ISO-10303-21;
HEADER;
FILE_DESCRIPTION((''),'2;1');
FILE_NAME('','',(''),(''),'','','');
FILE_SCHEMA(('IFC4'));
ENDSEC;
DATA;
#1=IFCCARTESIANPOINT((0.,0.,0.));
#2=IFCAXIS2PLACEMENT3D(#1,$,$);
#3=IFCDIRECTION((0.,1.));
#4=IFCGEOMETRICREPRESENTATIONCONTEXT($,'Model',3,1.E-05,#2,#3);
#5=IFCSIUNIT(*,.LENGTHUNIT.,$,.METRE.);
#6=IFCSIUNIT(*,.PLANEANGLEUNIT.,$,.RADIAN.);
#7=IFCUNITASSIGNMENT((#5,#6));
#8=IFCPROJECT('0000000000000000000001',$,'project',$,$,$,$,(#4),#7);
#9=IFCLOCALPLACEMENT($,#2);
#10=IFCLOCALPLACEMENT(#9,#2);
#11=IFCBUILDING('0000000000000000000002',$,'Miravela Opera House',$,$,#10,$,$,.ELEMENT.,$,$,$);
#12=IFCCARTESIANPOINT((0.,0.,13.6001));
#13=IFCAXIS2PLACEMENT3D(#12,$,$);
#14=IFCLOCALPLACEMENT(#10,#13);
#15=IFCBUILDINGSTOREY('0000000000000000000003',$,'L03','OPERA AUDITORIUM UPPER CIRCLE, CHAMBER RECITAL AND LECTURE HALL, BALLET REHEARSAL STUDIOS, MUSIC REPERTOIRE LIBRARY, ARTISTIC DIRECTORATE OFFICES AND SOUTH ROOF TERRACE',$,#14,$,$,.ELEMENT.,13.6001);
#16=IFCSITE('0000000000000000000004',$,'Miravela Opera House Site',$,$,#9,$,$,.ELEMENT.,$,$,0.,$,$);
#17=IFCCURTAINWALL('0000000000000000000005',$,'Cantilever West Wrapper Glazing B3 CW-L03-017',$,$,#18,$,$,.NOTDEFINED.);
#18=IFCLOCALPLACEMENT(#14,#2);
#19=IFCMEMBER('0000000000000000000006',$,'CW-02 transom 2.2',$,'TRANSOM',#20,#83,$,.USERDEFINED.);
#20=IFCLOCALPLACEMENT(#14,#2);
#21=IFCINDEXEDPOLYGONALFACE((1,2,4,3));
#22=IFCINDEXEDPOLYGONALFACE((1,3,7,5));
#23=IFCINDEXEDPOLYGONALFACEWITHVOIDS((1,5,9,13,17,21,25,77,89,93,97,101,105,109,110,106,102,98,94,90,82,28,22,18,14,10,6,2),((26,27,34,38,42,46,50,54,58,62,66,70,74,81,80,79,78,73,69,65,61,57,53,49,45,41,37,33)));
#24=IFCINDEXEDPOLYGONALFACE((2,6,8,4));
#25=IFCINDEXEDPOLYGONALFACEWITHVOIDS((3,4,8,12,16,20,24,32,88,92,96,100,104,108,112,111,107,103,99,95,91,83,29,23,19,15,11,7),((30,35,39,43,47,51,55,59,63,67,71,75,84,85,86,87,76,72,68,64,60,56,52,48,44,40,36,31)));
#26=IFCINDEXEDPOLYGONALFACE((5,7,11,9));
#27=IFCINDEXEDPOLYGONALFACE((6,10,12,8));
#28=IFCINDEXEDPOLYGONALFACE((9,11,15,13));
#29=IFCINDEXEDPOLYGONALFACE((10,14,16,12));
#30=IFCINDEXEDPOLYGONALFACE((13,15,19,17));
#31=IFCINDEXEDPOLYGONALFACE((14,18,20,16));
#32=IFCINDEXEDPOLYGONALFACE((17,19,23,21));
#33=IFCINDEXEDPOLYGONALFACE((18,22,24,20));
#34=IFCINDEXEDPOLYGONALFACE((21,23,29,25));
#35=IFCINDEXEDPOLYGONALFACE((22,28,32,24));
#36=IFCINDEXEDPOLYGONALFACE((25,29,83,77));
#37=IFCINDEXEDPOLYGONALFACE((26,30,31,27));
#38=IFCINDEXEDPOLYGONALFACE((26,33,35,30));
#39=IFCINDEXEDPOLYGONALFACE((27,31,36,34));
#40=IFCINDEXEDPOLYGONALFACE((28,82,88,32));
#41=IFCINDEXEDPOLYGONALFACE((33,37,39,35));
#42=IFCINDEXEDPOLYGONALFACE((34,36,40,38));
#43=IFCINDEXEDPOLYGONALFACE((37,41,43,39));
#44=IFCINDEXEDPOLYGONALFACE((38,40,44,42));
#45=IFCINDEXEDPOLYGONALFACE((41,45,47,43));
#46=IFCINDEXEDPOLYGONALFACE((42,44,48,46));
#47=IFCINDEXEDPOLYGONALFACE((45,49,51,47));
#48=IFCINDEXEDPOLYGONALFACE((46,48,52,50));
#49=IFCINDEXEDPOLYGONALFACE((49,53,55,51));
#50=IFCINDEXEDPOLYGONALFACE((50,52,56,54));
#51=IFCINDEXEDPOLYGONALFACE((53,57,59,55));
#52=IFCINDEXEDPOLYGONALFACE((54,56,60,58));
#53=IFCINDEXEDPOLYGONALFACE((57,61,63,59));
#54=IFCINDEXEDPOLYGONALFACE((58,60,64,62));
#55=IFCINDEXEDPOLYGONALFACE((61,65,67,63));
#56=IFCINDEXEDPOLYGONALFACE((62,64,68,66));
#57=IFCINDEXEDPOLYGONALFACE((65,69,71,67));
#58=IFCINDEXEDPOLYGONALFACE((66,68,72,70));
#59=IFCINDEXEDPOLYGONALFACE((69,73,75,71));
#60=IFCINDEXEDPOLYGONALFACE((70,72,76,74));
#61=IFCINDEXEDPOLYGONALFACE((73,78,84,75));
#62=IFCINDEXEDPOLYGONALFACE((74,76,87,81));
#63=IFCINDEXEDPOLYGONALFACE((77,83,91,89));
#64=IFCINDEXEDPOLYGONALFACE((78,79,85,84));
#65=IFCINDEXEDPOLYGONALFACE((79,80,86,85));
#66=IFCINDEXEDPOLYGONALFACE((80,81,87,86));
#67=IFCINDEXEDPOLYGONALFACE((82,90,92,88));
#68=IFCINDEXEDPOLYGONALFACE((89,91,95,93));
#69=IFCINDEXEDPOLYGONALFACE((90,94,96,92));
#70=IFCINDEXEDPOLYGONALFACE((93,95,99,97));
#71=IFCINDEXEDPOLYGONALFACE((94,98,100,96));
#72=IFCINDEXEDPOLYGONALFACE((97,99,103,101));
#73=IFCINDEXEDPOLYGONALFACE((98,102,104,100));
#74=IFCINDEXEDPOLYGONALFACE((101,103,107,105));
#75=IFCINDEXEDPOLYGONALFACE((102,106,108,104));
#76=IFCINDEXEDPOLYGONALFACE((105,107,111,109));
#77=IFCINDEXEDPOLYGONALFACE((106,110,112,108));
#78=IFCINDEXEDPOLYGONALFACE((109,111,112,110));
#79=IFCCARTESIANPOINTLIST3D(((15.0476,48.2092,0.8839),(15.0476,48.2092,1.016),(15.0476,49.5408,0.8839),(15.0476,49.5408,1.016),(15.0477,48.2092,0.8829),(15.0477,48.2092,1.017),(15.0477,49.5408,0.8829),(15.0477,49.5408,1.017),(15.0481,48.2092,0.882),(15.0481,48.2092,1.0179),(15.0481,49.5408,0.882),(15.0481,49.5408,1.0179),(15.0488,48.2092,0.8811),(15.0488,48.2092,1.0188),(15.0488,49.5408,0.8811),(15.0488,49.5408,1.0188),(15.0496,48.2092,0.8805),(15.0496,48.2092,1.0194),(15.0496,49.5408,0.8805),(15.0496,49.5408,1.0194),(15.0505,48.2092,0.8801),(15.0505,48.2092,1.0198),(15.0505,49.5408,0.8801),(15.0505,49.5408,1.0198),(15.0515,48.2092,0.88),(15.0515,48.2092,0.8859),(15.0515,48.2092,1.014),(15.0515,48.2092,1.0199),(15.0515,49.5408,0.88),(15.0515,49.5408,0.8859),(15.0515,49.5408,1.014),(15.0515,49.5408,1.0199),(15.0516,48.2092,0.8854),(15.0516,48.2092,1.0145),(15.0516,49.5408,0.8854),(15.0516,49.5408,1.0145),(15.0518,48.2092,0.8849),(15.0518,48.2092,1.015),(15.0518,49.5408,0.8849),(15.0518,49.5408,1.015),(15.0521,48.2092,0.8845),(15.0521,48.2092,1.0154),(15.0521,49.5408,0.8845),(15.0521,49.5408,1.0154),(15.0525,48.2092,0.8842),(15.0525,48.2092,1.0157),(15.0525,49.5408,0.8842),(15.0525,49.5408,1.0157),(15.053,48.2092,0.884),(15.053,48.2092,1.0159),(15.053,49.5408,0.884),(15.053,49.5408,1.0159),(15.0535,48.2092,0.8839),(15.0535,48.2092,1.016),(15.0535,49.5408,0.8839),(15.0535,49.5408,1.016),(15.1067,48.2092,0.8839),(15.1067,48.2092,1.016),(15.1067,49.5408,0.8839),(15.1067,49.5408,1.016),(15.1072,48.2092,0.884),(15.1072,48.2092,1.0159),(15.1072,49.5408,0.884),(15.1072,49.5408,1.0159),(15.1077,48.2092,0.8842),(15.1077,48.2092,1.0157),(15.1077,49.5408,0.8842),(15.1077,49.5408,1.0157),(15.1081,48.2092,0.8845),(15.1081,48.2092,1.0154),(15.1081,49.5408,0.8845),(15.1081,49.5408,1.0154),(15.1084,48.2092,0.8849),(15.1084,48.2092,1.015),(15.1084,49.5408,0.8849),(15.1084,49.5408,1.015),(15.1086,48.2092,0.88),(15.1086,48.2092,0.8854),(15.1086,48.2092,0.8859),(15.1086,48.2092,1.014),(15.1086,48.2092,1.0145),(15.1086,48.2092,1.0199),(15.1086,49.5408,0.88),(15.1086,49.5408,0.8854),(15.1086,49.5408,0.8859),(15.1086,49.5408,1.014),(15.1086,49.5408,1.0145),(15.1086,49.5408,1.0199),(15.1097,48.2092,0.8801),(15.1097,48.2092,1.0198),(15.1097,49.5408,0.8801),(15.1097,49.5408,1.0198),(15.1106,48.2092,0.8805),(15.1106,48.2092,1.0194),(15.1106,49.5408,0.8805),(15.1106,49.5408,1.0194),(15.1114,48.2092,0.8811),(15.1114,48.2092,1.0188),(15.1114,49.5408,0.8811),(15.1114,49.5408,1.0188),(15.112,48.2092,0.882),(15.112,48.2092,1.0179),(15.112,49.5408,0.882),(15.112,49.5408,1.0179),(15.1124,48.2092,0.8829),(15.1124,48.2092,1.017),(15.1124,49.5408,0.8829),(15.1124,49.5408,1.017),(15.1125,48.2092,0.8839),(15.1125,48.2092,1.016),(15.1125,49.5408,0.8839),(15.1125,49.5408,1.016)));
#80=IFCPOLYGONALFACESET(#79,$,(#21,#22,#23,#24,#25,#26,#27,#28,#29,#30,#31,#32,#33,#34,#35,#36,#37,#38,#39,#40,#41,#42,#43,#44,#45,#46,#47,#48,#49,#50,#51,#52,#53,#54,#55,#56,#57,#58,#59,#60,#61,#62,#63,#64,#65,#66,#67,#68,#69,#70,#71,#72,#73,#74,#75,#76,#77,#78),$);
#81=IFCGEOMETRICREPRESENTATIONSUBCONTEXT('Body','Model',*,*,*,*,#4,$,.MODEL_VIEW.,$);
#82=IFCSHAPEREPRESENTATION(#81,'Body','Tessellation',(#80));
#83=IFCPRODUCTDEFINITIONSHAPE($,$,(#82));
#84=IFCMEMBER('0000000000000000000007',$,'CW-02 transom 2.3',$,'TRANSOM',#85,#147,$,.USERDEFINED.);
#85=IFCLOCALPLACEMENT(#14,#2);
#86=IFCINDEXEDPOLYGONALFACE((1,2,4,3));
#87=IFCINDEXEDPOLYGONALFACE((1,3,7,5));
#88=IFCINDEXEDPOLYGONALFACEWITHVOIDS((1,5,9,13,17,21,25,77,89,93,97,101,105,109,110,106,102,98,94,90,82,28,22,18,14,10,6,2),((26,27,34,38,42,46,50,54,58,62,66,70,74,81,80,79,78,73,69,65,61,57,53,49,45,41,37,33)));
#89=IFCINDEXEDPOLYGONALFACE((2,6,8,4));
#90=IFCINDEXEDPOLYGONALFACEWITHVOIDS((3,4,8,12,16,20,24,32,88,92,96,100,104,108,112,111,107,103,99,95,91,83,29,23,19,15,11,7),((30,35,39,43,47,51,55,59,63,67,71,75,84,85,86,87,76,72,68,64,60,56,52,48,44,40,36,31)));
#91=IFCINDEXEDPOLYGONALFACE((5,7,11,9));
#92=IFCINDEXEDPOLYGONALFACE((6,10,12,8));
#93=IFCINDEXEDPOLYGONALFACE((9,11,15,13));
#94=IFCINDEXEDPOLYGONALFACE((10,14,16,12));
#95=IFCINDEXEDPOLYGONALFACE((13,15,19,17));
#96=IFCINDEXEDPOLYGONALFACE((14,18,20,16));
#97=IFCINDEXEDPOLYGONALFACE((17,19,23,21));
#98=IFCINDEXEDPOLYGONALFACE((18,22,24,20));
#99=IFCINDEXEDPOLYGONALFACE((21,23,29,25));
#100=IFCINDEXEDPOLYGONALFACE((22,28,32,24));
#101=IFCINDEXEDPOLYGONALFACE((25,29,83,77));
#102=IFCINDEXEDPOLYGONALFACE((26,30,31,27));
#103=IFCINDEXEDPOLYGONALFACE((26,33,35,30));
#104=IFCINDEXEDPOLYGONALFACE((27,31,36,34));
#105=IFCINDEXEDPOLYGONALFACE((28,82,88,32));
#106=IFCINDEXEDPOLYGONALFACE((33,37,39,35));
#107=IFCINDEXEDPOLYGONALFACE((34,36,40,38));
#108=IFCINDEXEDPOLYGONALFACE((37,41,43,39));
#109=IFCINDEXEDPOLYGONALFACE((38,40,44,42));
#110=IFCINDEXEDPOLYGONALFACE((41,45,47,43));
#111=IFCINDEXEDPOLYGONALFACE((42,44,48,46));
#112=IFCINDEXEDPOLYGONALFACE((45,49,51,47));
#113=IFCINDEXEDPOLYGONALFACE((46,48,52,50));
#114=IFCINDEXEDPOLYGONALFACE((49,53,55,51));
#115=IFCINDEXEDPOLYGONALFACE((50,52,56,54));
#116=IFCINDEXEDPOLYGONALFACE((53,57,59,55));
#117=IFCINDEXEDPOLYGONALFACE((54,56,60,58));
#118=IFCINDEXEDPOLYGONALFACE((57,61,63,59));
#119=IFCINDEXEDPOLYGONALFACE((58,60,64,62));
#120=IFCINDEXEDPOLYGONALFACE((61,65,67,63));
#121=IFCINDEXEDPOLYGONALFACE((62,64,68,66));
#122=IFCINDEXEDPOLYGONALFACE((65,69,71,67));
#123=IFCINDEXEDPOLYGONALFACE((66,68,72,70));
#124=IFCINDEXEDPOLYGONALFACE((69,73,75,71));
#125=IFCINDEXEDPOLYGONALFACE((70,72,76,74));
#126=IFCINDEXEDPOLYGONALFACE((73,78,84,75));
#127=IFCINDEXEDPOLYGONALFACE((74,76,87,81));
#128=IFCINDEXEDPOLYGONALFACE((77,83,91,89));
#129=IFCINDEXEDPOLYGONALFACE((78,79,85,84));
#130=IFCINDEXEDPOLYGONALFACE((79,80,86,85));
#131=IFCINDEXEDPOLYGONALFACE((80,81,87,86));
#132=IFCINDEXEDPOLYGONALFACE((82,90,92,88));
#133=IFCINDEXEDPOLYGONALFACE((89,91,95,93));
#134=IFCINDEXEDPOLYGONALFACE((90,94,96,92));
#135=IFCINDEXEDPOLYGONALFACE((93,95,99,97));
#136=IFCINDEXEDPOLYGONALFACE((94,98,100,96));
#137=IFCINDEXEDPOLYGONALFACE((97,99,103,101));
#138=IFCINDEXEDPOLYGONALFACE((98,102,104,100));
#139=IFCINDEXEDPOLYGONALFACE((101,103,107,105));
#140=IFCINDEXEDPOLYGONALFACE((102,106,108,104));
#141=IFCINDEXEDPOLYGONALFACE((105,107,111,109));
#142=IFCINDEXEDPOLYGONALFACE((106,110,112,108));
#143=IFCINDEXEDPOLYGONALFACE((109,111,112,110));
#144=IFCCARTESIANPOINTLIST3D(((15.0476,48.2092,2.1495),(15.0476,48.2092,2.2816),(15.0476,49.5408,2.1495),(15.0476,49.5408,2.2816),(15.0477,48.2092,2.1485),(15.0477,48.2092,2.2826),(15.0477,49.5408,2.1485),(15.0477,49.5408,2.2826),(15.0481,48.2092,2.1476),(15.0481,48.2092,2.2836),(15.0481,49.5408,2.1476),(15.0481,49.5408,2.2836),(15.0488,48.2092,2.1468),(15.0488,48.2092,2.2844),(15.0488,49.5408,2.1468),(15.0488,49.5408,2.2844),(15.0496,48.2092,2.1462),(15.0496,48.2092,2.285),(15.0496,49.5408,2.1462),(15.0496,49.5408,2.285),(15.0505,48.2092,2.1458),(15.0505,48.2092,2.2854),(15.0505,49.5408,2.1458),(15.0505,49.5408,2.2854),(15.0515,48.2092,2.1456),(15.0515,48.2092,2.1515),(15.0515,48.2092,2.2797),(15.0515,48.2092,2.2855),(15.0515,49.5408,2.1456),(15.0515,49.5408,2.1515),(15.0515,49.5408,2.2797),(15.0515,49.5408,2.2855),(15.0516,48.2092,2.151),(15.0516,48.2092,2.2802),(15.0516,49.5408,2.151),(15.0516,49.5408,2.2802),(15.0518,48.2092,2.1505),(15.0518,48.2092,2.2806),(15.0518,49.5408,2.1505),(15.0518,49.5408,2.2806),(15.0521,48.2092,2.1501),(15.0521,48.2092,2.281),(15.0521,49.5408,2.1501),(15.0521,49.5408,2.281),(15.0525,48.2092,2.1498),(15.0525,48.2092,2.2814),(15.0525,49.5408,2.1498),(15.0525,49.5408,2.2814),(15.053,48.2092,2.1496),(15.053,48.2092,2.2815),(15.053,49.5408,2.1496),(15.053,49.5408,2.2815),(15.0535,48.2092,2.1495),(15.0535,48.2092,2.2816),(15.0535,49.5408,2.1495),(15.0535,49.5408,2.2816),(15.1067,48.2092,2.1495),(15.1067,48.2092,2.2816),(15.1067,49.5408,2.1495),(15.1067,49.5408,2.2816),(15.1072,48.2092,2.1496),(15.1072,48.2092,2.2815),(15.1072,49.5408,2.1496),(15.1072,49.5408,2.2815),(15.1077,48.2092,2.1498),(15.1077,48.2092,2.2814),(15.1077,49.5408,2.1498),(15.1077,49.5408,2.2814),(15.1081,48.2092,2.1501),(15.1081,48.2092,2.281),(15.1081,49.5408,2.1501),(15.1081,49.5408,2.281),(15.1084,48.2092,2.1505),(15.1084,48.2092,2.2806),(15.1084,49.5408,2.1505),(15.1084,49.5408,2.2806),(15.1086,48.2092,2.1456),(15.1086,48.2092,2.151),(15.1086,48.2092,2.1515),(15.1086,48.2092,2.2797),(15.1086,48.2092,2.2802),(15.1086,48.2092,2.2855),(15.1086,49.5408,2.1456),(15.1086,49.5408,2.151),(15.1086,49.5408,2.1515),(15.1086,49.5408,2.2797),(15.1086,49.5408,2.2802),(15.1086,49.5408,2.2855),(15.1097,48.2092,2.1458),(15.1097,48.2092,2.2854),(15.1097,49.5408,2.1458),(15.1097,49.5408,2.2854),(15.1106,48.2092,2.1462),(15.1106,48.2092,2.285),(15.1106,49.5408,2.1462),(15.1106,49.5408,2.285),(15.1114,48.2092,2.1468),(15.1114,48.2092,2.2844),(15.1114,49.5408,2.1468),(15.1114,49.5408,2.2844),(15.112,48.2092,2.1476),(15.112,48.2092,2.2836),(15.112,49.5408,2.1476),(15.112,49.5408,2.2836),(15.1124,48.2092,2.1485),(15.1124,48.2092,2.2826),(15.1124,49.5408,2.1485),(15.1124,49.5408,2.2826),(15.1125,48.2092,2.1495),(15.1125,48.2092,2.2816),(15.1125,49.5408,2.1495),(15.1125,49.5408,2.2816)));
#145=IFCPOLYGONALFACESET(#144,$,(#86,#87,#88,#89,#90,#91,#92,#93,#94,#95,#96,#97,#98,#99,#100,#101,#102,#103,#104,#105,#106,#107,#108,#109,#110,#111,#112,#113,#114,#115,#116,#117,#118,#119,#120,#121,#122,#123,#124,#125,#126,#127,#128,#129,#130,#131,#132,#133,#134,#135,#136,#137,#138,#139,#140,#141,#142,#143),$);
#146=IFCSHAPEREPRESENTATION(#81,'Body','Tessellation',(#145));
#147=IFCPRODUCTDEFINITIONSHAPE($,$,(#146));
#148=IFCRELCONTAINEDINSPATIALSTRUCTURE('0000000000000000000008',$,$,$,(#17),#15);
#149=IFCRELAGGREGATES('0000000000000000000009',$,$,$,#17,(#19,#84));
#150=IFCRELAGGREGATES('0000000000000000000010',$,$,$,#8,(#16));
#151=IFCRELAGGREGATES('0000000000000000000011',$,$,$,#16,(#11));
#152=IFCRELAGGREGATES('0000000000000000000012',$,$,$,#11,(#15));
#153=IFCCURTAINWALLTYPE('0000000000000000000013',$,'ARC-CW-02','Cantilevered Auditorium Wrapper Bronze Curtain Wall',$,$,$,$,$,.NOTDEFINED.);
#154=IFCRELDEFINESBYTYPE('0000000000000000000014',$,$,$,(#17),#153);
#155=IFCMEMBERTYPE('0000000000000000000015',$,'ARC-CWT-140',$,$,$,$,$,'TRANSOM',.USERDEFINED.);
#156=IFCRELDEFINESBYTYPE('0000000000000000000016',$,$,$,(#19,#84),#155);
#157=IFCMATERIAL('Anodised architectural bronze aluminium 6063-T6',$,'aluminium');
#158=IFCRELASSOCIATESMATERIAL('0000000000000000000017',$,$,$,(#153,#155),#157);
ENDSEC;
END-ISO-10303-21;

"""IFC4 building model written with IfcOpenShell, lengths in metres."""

from ifc_helpers import new_model, si_unit, direction, frame, origin, origin_2d, place, context, subcontext, project, spatial, hollow_rectangle, extrude, material, material_profile, profile_set, type_object, element, aggregate, save


model = new_model("IFC4")

# Units and contexts
model_context = context("Model", 3, precision=1e-05, world=origin(), true_north=direction((0.0, 1.0)))
body_context = subcontext(model_context, "Body", "Model", "MODEL_VIEW")
ifc_project = project(units=[si_unit("LENGTHUNIT", "METRE"), si_unit("PLANEANGLEUNIT", "RADIAN")], contexts=[model_context])

# Site, building, storey
site_placement = place(None, origin())
site = spatial("IfcSite", under=ifc_project, at=site_placement, Name="Miravela Opera House Site", CompositionType="ELEMENT", RefElevation=0.0)
building_placement = place(site_placement, origin())
building = spatial("IfcBuilding", under=site, at=building_placement, Name="Miravela Opera House", CompositionType="ELEMENT")
storey_placement = place(building_placement, frame((0.0, 0.0, 13.6001)))
storey = spatial("IfcBuildingStorey", under=building, at=storey_placement, Name="L03", Description="OPERA AUDITORIUM UPPER CIRCLE, CHAMBER RECITAL AND LECTURE HALL, BALLET REHEARSAL STUDIOS, MUSIC REPERTOIRE LIBRARY, ARTISTIC DIRECTORATE OFFICES AND SOUTH ROOF TERRACE", CompositionType="ELEMENT", Elevation=13.6001)

# Curtain wall
ifc_material_1 = material(Name="Anodised architectural bronze aluminium 6063-T6", Category="aluminium")
curtain_wall_type = type_object("IfcCurtainWallType", Name="ARC-CW-02", Description="Cantilevered Auditorium Wrapper Bronze Curtain Wall", PredefinedType="NOTDEFINED", material=ifc_material_1)
curtain_wall_1_placement = place(storey_placement, origin())
curtain_wall_1 = element("IfcCurtainWall", 1, at=curtain_wall_1_placement, inside=storey, type_object=curtain_wall_type, Name="Cantilever West Wrapper Glazing B3 CW-L03-017", PredefinedType="NOTDEFINED")

# Members
ifc_material_profile_1 = material_profile(ifc_material_1, hollow_rectangle(XDim=0.0649, YDim=0.1399, WallThickness=0.0039, InnerFilletRadius=0.002, OuterFilletRadius=0.0039, at=origin_2d()), Name="CWT-65X140")
ifc_profile_set_1 = profile_set([ifc_material_profile_1])
member_type_1 = type_object("IfcMemberType", Name="ARC-CWT-140", ElementType="TRANSOM", PredefinedType="USERDEFINED", material=ifc_profile_set_1)
member_1_placement = place(storey_placement, frame((15.0801, 48.2092, 0.95), z_axis=(0.0, 1.0, 0.0), x_axis=(-1.0, 0.0, 0.0)))
member_1 = element("IfcMember", 2, at=member_1_placement, type_object=member_type_1, Name="CW-02 transom 2.2", ObjectType="TRANSOM", PredefinedType="USERDEFINED", context=body_context, shape_type="SweptSolid", body=[
    extrude(hollow_rectangle(XDim=0.0649, YDim=0.1399, WallThickness=0.0039, InnerFilletRadius=0.002, OuterFilletRadius=0.0039, at=origin_2d()), origin(), (0.0, 0.0, 1.0), 1.3315),
])
member_2_placement = place(storey_placement, frame((15.0801, 48.2092, 2.2156), z_axis=(0.0, 1.0, 0.0), x_axis=(-1.0, 0.0, 0.0)))
member_2 = element("IfcMember", 3, at=member_2_placement, type_object=member_type_1, Name="CW-02 transom 2.3", ObjectType="TRANSOM", PredefinedType="USERDEFINED", context=body_context, shape_type="SweptSolid", body=[
    extrude(hollow_rectangle(XDim=0.0649, YDim=0.1399, WallThickness=0.0039, InnerFilletRadius=0.002, OuterFilletRadius=0.0039, at=origin_2d()), origin(), (0.0, 0.0, 1.0), 1.3315),
])

aggregate(curtain_wall_1, [member_1, member_2])

save(model, "model.ifc")
